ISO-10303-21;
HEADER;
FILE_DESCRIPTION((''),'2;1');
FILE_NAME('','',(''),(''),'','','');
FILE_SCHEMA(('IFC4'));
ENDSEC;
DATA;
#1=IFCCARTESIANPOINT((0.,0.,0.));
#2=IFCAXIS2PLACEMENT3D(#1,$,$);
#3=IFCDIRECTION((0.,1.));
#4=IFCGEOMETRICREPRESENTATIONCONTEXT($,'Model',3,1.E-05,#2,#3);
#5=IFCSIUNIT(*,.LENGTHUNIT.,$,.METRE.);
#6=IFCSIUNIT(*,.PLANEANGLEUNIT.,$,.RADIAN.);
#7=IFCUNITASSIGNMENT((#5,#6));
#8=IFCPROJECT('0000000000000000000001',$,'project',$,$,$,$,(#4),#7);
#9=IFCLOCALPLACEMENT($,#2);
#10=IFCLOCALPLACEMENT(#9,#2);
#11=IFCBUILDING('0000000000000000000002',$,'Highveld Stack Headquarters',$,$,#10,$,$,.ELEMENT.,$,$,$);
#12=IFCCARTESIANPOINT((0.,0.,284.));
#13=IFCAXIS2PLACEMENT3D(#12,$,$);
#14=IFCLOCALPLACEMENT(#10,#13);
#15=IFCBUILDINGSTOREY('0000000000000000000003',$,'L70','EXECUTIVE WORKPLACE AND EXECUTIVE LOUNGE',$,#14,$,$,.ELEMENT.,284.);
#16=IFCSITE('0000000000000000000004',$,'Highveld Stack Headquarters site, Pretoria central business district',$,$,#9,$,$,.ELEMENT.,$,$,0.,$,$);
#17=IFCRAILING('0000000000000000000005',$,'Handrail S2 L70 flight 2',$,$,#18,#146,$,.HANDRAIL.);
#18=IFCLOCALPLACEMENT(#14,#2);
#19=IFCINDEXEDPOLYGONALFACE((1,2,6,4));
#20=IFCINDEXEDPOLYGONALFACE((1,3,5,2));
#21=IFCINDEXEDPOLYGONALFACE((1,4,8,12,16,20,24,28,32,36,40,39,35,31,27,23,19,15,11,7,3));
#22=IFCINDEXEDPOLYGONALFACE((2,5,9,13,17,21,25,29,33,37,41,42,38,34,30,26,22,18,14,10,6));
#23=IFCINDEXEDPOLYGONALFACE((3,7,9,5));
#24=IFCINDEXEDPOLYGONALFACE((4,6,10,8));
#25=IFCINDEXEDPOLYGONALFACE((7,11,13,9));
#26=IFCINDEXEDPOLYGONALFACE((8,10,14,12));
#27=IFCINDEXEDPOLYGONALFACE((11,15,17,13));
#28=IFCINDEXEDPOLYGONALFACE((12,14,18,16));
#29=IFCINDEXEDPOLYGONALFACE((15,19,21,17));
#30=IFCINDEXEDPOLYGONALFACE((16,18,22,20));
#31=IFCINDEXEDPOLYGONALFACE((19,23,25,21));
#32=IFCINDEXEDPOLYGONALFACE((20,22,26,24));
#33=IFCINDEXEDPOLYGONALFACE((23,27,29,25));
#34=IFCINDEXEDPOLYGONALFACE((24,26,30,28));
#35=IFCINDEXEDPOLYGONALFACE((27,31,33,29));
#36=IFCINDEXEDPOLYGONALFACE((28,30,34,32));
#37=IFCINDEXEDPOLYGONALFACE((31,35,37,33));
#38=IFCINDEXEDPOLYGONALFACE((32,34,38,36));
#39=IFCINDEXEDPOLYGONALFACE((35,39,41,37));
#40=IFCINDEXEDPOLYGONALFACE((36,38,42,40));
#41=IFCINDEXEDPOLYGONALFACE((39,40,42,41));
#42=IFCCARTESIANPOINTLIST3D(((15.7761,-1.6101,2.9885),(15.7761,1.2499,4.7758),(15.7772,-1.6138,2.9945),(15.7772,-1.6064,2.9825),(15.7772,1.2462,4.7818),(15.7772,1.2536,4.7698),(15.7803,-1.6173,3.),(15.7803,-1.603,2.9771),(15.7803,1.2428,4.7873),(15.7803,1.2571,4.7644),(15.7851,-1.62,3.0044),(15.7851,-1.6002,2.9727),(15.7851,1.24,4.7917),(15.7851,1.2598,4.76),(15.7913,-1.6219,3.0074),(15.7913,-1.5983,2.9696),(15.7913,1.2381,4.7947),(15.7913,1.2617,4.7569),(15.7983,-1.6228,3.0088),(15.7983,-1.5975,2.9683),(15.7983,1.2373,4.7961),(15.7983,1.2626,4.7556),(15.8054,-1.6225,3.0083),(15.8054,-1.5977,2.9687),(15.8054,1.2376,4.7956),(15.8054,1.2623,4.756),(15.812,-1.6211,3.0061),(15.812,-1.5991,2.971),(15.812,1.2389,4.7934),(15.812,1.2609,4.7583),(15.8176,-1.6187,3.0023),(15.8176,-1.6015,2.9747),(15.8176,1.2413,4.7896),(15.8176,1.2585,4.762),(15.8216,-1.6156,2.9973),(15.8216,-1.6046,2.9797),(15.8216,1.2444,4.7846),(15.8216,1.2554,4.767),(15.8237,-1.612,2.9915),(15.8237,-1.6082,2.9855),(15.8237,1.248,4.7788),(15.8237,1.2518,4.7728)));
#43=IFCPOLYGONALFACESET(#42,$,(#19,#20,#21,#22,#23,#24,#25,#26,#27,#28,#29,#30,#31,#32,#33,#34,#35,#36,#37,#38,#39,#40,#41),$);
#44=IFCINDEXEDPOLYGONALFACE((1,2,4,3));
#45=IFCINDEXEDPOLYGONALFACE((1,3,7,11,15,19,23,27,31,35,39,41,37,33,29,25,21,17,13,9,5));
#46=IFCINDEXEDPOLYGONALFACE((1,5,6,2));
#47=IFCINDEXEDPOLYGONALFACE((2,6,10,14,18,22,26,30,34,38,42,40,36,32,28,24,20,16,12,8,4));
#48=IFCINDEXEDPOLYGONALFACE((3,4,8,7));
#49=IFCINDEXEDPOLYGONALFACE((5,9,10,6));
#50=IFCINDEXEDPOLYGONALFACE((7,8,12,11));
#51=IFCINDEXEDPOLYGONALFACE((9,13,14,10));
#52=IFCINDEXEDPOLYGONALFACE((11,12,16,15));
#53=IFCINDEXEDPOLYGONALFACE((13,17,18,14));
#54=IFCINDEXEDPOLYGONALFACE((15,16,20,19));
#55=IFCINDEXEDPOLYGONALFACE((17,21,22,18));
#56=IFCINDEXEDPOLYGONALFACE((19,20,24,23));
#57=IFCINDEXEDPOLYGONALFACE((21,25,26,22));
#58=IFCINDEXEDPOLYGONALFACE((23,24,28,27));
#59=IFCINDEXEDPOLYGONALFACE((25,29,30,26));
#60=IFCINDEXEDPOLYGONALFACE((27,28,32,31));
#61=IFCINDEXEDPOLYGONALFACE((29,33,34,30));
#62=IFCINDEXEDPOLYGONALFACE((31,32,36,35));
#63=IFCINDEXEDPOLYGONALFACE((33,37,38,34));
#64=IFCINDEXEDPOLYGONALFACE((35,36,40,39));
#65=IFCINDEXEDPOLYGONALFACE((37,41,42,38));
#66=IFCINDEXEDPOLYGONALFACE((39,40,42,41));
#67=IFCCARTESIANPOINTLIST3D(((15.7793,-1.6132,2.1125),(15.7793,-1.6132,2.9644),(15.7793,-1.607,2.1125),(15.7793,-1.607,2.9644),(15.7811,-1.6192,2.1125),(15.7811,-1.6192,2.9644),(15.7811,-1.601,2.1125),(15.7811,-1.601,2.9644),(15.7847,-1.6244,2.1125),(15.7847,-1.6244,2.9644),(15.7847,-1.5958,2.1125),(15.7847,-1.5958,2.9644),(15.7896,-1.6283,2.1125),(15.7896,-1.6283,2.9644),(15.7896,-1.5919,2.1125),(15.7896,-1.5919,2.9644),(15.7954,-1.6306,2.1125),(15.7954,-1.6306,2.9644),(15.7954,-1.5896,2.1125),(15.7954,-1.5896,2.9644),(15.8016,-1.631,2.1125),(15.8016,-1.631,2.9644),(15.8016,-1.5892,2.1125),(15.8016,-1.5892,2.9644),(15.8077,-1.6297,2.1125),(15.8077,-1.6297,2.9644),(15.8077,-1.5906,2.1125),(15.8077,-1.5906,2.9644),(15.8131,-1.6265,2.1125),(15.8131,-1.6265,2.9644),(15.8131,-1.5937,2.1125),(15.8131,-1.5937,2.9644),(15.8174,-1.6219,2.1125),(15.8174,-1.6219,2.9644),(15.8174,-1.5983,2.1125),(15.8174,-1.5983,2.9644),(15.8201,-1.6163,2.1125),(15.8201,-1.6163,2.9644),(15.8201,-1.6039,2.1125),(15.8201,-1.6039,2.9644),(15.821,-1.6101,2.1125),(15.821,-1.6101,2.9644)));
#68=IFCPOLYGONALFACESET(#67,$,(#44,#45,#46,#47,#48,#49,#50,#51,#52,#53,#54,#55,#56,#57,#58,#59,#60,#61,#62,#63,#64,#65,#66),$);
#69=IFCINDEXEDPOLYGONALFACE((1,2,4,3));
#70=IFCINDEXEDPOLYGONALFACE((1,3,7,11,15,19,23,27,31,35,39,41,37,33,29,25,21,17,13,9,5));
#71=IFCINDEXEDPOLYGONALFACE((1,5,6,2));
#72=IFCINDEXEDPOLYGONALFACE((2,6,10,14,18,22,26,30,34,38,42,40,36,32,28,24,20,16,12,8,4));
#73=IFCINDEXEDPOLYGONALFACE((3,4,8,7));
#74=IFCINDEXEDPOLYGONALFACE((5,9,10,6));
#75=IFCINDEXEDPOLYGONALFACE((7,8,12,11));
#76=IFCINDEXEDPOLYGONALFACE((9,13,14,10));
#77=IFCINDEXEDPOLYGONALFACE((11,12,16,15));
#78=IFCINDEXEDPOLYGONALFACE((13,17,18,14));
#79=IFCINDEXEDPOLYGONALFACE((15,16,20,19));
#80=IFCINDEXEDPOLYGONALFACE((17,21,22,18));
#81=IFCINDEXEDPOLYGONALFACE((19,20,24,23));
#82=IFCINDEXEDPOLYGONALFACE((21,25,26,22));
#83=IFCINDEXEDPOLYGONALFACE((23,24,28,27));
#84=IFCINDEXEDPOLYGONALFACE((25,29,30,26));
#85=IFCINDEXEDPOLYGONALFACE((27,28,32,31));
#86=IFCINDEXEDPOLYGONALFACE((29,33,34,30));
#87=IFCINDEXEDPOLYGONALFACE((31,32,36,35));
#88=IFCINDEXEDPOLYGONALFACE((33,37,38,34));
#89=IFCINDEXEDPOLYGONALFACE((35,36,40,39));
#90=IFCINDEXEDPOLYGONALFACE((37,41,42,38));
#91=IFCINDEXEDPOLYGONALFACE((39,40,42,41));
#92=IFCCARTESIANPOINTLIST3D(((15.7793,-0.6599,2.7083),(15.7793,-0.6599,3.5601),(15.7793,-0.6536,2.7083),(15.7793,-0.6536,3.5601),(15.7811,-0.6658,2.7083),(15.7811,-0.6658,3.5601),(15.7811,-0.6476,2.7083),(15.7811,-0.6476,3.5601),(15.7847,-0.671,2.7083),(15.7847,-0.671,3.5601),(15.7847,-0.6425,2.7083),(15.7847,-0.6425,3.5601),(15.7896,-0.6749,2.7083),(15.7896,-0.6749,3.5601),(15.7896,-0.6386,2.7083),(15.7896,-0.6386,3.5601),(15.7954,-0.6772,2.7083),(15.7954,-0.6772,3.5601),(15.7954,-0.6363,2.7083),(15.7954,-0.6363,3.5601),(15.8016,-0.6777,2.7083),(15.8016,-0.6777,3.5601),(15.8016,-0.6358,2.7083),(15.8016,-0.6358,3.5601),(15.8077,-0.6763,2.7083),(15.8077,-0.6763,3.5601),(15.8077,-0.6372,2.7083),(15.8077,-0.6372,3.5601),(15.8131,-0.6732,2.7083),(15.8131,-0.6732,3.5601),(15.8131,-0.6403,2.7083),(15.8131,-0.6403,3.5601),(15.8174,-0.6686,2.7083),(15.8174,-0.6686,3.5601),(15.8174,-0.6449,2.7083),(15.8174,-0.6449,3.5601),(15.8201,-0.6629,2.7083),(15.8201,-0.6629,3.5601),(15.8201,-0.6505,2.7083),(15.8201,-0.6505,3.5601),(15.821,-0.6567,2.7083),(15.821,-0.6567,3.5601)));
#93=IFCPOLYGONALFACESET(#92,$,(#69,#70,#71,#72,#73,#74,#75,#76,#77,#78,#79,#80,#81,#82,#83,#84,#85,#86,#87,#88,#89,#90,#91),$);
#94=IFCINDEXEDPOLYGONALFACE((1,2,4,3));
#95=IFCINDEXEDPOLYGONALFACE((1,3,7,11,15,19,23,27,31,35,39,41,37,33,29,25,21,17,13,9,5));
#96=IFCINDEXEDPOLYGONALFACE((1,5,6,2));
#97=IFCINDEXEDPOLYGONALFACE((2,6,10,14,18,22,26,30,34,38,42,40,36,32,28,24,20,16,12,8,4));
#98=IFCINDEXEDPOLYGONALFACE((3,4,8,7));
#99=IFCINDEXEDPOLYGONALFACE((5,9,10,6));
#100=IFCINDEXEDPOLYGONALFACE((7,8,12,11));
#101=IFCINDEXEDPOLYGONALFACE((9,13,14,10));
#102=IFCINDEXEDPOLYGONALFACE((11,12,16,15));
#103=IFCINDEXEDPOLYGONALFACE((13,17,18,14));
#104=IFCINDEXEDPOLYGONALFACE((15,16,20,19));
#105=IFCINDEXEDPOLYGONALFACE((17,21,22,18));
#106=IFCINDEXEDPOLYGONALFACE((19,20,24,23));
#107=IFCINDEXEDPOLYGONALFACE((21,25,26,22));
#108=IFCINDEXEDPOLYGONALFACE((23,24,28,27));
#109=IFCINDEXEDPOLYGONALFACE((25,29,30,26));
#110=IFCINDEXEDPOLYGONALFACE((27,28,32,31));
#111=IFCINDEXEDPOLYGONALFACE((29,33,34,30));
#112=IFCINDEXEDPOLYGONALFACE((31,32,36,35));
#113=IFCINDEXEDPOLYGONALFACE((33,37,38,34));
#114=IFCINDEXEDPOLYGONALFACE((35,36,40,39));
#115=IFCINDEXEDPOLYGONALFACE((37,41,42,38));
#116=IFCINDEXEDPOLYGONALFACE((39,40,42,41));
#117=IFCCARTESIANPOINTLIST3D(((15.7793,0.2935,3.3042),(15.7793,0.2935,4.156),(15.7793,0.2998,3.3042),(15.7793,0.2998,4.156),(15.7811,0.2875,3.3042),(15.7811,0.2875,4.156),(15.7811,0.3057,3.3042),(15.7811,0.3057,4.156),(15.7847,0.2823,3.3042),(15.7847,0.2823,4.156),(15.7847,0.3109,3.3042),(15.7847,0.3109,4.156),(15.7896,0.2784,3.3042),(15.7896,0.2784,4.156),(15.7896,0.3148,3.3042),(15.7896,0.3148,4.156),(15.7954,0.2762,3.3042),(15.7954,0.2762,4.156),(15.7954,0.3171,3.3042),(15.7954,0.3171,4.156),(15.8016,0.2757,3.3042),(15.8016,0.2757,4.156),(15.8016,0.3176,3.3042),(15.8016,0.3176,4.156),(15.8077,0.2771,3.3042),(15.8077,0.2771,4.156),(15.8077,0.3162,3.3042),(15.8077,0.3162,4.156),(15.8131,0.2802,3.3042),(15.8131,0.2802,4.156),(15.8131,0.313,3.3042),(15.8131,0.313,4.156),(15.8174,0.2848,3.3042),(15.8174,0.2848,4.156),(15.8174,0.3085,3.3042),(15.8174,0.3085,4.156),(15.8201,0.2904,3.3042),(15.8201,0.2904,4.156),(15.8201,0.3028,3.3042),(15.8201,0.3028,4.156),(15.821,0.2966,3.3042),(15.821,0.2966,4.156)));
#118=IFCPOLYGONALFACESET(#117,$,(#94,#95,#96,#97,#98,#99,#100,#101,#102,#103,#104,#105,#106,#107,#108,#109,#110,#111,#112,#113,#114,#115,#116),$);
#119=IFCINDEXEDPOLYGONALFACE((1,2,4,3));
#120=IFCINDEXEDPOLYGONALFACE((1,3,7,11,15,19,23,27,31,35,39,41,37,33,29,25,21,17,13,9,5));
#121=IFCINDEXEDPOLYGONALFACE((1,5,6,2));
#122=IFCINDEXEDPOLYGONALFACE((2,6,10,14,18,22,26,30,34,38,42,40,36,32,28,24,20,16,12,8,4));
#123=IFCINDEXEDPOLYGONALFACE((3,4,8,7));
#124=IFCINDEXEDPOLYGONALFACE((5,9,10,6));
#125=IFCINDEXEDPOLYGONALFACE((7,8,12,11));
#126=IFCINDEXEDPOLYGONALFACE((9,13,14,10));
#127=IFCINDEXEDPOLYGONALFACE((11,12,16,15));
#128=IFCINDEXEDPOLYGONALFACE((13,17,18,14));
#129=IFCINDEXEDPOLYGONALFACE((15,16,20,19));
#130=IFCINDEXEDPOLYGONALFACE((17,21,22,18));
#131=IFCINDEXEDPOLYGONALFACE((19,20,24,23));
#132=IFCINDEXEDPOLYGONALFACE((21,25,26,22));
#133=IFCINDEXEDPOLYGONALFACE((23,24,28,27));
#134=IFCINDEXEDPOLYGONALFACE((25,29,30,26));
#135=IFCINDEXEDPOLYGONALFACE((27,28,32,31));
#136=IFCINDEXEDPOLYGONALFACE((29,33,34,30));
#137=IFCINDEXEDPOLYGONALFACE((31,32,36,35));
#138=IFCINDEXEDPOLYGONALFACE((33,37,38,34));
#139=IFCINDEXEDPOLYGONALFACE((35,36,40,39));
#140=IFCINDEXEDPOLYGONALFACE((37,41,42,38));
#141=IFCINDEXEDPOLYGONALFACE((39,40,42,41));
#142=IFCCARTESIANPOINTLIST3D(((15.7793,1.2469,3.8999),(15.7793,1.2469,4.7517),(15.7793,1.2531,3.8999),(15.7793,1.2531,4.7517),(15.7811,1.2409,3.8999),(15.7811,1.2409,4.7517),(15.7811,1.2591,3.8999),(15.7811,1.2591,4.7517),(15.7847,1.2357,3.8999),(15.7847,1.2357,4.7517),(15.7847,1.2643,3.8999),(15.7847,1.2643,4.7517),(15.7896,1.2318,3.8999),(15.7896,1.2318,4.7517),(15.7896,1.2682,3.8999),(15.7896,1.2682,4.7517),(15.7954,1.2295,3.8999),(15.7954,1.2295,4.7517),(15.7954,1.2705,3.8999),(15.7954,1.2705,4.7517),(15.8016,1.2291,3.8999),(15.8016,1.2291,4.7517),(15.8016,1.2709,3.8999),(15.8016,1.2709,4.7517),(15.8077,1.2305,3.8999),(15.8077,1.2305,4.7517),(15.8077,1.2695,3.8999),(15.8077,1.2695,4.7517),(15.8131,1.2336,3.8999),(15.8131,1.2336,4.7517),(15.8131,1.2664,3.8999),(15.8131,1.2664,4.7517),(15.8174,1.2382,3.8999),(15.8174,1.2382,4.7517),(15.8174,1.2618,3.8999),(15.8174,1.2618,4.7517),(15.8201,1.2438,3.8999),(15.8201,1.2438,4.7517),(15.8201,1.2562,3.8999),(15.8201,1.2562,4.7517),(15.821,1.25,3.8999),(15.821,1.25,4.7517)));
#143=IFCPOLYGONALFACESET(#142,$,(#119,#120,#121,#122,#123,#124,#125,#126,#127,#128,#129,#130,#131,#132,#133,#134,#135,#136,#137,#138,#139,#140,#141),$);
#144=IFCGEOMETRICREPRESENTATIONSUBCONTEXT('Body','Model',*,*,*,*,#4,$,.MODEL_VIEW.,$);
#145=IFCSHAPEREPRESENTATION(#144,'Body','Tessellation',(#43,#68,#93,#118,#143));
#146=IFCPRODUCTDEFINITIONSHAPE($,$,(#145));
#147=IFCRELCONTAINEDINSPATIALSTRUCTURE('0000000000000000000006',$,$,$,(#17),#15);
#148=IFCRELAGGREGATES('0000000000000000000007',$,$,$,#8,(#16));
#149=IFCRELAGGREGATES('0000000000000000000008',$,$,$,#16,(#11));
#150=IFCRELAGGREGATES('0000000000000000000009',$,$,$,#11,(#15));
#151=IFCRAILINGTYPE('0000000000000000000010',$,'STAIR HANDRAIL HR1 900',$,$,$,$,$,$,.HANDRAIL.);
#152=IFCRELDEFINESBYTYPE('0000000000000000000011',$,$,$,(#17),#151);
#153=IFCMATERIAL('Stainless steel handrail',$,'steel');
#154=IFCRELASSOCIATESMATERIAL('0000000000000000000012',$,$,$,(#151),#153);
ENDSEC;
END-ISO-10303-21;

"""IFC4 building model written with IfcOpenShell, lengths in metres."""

from ifc_helpers import new_model, si_unit, direction, frame, origin, origin_2d, place, context, subcontext, project, spatial, circle, extrude, material, type_object, element, save


model = new_model("IFC4")

# Units and contexts
model_context = context("Model", 3, precision=1e-05, world=origin(), true_north=direction((0.0, 1.0)))
body_context = subcontext(model_context, "Body", "Model", "MODEL_VIEW")
ifc_project = project(units=[si_unit("LENGTHUNIT", "METRE"), si_unit("PLANEANGLEUNIT", "RADIAN")], contexts=[model_context])

# Site, building, storey
site_placement = place(None, origin())
site = spatial("IfcSite", under=ifc_project, at=site_placement, Name="Highveld Stack Headquarters site, Pretoria central business district", CompositionType="ELEMENT", RefElevation=0.0)
building_placement = place(site_placement, origin())
building = spatial("IfcBuilding", under=site, at=building_placement, Name="Highveld Stack Headquarters", CompositionType="ELEMENT")
storey_placement = place(building_placement, frame((0.0, 0.0, 284.0)))
storey = spatial("IfcBuildingStorey", under=building, at=storey_placement, Name="L70", Description="EXECUTIVE WORKPLACE AND EXECUTIVE LOUNGE", CompositionType="ELEMENT", Elevation=284.0)

# Railing
ifc_material_1 = material(Name="Stainless steel handrail", Category="steel")
railing_type = type_object("IfcRailingType", Name="STAIR HANDRAIL HR1 900", PredefinedType="HANDRAIL", material=ifc_material_1)
railing_placement = place(storey_placement, frame((15.8, -1.6101, 2.1125)))
element("IfcRailing", 1, at=railing_placement, inside=storey, type_object=railing_type, Name="Handrail S2 L70 flight 2", PredefinedType="HANDRAIL", context=body_context, shape_type="SweptSolid", body=[
    extrude(circle(Radius=0.0239, at=origin_2d()), frame((0.0, 0.0, 0.876), z_axis=(0.0, 0.848027, 0.529953), x_axis=(-1.0, 0.0, 0.0)), (0.0, 0.0, 1.0), 3.3726),
    extrude(circle(Radius=0.021, at=origin_2d()), origin(), (0.0, 0.0, 1.0), 0.8518),
    extrude(circle(Radius=0.021, at=origin_2d()), frame((0.0, 0.9534, 0.5957)), (0.0, 0.0, 1.0), 0.8518),
    extrude(circle(Radius=0.021, at=origin_2d()), frame((0.0, 1.9067, 1.1917)), (0.0, 0.0, 1.0), 0.8518),
    extrude(circle(Radius=0.021, at=origin_2d()), frame((0.0, 2.8601, 1.7874)), (0.0, 0.0, 1.0), 0.8518),
])

save(model, "model.ifc")
